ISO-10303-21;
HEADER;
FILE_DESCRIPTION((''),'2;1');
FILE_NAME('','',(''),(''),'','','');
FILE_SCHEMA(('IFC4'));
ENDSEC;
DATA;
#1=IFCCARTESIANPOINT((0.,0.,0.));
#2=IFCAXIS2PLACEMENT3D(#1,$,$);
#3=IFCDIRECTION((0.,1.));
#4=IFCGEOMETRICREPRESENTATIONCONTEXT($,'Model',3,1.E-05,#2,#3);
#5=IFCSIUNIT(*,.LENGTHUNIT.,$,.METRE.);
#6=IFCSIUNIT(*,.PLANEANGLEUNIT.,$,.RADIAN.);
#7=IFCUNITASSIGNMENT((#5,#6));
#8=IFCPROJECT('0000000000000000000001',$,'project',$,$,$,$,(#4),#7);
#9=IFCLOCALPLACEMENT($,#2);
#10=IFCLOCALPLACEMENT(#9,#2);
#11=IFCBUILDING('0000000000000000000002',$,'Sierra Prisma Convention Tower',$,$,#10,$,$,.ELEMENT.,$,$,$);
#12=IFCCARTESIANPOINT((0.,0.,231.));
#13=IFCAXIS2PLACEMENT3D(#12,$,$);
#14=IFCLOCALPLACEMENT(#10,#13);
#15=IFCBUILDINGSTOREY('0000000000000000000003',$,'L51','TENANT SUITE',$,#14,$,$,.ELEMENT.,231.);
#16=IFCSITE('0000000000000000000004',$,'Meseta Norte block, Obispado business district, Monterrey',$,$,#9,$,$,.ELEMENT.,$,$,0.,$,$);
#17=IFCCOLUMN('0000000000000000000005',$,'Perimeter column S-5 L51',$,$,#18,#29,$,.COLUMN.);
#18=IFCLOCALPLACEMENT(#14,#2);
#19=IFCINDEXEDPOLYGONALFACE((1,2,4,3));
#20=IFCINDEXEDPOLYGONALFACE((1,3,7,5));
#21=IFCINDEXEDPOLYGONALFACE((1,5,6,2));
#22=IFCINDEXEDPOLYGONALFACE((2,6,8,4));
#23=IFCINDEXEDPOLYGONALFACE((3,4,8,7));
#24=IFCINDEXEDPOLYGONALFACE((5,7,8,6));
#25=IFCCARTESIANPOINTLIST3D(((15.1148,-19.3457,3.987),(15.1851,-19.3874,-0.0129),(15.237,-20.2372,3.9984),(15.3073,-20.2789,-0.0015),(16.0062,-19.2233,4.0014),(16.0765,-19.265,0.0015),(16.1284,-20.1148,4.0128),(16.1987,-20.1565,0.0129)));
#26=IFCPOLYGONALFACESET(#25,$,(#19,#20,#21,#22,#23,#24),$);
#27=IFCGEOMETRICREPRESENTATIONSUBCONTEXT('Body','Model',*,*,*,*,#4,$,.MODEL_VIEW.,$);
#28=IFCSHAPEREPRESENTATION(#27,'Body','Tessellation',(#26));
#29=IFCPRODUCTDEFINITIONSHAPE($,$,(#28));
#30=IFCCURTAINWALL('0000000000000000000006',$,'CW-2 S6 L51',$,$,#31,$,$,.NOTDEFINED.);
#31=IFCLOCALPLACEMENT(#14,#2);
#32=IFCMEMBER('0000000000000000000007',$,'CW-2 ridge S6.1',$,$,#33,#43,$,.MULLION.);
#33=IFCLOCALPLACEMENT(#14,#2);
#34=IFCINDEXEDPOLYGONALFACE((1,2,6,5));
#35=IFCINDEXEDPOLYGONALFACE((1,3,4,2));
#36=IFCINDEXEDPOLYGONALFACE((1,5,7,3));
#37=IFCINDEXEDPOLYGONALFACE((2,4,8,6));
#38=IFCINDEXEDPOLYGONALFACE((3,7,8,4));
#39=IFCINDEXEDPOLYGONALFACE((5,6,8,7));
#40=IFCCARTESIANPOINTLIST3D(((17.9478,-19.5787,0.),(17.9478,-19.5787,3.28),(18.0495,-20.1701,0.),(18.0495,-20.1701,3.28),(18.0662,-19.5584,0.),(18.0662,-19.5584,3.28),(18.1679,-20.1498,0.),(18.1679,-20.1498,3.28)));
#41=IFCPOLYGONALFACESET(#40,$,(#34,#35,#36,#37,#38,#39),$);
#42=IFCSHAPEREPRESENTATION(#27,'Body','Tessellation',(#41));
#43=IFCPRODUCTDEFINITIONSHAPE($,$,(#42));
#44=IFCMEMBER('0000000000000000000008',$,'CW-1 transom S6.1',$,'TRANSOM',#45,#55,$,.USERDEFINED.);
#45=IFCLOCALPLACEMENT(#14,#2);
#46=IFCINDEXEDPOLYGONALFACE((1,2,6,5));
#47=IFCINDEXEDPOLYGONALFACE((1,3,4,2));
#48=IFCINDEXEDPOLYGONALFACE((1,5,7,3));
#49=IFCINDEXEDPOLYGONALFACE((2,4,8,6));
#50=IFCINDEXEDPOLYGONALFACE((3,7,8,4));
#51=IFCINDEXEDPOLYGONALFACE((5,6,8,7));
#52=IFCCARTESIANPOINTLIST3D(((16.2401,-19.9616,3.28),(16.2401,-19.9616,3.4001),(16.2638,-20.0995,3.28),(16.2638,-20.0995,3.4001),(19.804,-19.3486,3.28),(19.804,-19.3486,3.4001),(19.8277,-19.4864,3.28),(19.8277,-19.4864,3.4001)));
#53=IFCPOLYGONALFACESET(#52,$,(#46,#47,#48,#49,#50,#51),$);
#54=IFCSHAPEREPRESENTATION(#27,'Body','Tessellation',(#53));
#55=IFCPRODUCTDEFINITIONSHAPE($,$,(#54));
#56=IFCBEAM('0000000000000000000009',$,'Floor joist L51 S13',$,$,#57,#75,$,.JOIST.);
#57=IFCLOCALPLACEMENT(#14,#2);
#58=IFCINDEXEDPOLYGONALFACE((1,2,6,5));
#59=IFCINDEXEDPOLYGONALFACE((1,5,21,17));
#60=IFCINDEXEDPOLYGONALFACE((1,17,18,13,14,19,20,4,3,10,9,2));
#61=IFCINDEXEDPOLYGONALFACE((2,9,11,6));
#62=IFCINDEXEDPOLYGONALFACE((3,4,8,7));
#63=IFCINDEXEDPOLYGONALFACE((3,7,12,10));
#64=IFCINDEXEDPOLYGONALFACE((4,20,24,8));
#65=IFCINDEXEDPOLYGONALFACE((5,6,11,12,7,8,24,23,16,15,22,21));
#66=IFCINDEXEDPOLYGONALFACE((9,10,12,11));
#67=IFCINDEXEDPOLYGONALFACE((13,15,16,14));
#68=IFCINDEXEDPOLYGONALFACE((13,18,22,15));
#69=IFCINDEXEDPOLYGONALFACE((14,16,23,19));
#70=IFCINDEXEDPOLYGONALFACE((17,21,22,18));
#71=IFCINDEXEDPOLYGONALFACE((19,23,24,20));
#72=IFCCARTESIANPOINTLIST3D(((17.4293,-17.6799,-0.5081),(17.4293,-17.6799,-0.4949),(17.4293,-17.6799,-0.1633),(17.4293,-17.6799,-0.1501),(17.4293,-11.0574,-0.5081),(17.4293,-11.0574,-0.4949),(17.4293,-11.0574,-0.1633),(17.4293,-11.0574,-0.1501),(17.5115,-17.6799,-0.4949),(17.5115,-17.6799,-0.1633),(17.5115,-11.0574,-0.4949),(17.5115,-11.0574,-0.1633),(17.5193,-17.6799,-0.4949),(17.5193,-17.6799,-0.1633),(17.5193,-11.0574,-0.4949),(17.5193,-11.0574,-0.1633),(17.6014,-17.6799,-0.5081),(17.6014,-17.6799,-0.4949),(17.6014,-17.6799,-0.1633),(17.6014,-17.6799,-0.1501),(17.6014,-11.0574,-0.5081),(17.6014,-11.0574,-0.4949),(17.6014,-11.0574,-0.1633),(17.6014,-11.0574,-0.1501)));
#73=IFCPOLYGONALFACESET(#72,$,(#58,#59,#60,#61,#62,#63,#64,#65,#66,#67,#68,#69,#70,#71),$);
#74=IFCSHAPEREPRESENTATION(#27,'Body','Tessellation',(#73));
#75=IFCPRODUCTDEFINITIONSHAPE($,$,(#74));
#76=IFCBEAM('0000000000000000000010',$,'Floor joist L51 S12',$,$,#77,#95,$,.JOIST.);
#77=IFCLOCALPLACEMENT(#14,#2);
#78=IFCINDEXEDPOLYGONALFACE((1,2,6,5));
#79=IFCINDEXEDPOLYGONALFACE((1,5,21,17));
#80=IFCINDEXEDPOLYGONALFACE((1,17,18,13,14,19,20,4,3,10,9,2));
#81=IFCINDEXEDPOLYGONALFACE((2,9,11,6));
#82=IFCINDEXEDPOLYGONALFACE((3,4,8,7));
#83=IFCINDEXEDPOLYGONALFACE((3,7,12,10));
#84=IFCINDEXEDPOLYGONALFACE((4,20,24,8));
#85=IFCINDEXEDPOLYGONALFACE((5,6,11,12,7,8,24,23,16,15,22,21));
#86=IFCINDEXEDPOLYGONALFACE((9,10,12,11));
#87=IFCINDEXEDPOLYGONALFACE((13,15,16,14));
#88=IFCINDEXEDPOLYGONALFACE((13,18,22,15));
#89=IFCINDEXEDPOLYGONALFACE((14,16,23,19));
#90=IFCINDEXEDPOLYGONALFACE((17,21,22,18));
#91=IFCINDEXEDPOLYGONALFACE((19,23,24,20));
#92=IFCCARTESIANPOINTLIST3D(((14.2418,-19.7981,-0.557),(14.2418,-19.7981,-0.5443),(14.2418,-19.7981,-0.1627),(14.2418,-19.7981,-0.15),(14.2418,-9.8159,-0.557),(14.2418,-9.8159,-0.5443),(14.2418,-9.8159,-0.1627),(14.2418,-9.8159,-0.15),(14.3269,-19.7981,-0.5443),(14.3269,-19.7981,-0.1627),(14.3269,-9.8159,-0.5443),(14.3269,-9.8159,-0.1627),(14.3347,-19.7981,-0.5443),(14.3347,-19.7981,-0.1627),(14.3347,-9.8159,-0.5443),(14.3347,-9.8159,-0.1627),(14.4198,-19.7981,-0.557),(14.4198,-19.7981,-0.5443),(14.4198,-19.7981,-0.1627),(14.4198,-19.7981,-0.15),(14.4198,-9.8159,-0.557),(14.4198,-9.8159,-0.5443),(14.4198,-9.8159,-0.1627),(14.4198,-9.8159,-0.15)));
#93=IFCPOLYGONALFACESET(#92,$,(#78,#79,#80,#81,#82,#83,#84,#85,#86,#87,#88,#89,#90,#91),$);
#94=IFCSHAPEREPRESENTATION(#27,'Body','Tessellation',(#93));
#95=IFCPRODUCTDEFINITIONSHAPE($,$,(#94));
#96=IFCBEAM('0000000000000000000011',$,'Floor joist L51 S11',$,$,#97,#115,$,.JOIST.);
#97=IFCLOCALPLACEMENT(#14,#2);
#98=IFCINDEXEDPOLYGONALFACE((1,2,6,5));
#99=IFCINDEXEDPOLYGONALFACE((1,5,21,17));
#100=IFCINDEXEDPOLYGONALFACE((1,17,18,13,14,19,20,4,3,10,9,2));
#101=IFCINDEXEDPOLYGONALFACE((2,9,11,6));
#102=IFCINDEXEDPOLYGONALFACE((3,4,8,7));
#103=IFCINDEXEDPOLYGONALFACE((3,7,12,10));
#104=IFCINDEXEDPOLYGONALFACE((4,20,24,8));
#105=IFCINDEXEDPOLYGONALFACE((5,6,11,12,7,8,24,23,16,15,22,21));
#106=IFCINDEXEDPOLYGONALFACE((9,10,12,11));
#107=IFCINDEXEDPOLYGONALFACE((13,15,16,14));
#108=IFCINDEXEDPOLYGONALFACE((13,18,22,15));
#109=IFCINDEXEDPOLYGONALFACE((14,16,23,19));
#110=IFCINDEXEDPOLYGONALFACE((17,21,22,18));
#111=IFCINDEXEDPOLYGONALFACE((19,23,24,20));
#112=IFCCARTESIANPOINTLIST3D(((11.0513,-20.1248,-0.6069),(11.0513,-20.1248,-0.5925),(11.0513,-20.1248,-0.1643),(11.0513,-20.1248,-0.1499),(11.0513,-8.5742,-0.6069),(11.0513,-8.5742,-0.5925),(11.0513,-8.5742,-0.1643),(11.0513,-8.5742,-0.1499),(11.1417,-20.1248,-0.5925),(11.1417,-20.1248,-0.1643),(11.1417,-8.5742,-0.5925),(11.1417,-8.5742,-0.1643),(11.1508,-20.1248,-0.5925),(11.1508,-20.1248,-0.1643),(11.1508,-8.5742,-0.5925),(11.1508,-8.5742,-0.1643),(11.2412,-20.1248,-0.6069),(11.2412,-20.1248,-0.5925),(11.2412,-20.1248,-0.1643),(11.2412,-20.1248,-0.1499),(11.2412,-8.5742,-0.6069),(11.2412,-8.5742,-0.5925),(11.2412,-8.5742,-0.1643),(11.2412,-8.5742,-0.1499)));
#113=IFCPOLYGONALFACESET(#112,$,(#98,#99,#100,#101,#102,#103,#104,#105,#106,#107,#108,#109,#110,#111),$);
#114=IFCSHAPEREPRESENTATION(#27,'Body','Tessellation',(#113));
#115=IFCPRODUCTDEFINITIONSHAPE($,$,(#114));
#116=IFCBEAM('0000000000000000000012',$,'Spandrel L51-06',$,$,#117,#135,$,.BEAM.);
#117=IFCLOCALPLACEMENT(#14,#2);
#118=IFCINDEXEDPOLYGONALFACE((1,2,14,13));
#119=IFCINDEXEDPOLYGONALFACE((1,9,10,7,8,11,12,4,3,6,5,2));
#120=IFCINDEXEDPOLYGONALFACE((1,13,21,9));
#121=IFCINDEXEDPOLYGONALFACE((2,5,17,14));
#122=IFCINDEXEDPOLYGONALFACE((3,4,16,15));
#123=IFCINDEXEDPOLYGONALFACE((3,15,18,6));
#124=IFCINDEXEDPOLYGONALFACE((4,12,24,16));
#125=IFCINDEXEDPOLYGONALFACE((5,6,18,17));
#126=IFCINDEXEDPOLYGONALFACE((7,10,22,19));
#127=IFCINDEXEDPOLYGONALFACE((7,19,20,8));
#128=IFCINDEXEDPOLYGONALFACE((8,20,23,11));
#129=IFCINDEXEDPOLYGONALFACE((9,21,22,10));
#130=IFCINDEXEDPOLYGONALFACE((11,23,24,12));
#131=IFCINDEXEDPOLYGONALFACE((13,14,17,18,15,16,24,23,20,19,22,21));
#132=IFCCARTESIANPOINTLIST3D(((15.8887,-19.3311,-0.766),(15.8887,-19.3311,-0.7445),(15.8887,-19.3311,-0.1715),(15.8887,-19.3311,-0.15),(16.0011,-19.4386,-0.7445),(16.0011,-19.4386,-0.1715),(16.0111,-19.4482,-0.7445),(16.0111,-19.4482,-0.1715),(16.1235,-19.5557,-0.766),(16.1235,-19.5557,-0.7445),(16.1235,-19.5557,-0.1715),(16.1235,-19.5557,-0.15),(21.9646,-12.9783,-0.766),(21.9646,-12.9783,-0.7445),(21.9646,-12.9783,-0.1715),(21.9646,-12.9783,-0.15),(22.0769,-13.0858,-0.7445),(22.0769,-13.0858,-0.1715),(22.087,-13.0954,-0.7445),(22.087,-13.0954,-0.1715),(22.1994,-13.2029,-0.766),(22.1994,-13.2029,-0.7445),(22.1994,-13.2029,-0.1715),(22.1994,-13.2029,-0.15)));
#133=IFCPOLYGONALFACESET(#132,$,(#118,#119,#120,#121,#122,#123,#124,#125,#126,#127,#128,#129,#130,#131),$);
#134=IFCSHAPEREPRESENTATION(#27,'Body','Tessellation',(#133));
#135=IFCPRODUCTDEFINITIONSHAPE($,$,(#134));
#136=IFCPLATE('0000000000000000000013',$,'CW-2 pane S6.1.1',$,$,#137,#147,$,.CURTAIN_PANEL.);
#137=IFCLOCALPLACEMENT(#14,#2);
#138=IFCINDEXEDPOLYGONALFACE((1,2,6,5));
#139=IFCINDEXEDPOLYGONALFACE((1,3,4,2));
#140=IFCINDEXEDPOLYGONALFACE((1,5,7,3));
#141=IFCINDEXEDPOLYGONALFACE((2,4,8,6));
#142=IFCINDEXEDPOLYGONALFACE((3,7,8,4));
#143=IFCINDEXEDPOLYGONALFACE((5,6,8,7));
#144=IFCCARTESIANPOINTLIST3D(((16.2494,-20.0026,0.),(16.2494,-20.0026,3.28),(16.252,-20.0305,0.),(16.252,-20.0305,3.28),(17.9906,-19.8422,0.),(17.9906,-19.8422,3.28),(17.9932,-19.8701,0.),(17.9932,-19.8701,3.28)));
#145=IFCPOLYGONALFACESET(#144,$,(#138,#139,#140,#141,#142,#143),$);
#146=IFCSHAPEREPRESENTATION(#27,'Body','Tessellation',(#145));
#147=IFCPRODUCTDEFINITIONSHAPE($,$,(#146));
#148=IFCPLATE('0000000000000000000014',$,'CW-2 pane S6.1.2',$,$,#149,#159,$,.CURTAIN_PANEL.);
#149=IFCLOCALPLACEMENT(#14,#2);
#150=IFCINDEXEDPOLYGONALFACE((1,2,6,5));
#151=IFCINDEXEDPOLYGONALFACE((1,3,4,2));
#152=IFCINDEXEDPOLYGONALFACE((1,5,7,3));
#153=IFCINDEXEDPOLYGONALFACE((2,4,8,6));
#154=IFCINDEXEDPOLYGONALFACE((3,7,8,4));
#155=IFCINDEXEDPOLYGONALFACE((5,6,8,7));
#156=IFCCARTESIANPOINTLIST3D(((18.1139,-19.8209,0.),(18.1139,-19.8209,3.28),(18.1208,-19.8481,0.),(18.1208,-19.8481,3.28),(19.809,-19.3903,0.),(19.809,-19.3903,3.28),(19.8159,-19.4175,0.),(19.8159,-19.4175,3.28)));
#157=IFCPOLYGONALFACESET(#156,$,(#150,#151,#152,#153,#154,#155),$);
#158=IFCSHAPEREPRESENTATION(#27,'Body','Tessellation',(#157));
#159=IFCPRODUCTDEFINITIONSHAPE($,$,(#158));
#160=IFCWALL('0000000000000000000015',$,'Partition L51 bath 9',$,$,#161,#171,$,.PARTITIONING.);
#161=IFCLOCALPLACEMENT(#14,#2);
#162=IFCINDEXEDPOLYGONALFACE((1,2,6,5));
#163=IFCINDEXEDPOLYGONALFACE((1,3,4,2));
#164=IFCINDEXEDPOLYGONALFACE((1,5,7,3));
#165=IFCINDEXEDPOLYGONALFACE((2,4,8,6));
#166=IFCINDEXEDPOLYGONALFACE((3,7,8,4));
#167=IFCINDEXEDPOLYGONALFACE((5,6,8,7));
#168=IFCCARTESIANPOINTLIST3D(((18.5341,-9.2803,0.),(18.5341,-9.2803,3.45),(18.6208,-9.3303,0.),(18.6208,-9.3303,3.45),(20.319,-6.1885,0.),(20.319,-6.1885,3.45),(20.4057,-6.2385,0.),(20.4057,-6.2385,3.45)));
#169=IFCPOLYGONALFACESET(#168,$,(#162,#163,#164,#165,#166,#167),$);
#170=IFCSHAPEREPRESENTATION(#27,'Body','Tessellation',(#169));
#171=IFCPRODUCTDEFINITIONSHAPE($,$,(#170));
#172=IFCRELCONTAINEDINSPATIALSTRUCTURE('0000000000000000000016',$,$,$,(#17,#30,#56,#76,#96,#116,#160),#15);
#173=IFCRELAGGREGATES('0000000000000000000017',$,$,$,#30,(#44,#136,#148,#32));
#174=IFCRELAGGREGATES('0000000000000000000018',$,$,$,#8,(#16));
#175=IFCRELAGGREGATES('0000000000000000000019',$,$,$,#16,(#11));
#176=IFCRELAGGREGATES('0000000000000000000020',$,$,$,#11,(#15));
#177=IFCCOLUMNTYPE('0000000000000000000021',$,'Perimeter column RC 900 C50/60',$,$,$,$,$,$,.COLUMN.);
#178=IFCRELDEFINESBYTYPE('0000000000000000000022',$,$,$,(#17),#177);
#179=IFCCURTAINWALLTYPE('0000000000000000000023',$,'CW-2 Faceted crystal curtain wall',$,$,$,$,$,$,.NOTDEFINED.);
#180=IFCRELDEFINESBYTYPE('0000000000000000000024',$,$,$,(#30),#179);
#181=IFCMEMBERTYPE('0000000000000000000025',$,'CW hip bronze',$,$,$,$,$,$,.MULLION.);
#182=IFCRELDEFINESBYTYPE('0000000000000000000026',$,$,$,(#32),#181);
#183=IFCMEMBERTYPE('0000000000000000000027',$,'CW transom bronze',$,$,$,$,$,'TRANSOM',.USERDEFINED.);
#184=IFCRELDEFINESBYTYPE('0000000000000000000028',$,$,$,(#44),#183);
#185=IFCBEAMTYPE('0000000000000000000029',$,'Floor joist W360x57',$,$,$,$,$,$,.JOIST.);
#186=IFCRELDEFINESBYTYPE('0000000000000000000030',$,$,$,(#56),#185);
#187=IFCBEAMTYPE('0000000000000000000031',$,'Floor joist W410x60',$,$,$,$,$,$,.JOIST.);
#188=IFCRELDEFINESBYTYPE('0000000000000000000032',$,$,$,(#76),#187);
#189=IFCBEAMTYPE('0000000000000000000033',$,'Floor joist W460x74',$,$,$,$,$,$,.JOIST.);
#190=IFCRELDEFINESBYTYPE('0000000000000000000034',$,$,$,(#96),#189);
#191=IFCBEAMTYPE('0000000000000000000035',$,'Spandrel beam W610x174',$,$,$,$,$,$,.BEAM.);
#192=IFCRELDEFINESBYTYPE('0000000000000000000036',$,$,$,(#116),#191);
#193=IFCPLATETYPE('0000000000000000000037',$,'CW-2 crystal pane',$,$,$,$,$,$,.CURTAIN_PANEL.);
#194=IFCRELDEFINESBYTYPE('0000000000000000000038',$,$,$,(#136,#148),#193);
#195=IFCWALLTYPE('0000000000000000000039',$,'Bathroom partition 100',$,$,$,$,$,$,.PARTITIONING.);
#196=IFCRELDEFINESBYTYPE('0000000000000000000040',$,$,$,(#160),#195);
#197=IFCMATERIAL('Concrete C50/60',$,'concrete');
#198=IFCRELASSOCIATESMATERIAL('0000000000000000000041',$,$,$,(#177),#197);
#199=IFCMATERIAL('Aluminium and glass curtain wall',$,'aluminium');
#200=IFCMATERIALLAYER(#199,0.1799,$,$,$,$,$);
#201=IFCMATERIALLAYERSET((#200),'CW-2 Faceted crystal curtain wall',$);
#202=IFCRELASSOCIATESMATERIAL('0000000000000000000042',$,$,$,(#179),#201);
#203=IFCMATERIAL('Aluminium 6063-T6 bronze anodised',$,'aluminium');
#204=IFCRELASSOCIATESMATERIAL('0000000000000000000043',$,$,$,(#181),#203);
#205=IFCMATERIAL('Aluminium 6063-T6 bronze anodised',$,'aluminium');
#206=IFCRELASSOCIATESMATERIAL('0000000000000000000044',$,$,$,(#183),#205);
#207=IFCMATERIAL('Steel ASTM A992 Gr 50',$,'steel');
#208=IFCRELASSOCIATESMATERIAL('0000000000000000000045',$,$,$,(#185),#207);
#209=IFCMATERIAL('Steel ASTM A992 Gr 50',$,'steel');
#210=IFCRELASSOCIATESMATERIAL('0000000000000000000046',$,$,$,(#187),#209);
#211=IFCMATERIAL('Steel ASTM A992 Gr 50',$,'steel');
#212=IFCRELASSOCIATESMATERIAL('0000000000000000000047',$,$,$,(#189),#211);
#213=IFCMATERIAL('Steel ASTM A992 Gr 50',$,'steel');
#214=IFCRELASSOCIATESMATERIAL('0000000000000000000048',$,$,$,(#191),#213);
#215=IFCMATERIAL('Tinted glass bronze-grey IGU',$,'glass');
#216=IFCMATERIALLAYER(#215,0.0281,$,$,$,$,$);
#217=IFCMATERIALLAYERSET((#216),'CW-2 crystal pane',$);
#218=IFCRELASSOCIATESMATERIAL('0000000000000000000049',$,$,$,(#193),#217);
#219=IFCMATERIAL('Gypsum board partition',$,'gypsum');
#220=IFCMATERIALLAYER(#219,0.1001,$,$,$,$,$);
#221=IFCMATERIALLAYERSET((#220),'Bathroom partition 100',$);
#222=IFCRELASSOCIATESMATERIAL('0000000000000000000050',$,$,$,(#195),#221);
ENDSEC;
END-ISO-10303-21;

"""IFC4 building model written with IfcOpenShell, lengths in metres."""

from ifc_helpers import new_model, si_unit, direction, frame, frame_2d, origin, origin_2d, place, context, subcontext, project, spatial, polyline, rectangle, i_section, outline, extrude, material, layer, layer_set, material_profile, profile_set, type_object, element, aggregate, save


model = new_model("IFC4")

# Units and contexts
model_context = context("Model", 3, precision=1e-05, world=origin(), true_north=direction((0.0, 1.0)))
body_context = subcontext(model_context, "Body", "Model", "MODEL_VIEW")
ifc_project = project(units=[si_unit("LENGTHUNIT", "METRE"), si_unit("PLANEANGLEUNIT", "RADIAN")], contexts=[model_context])

# Site, building, storey
site_placement = place(None, origin())
site = spatial("IfcSite", under=ifc_project, at=site_placement, Name="Meseta Norte block, Obispado business district, Monterrey", CompositionType="ELEMENT", RefElevation=0.0)
building_placement = place(site_placement, origin())
building = spatial("IfcBuilding", under=site, at=building_placement, Name="Sierra Prisma Convention Tower", CompositionType="ELEMENT")
storey_placement = place(building_placement, frame((0.0, 0.0, 231.0)))
storey = spatial("IfcBuildingStorey", under=building, at=storey_placement, Name="L51", Description="TENANT SUITE", CompositionType="ELEMENT", Elevation=231.0)

# Column
ifc_material_1 = material(Name="Concrete C50/60", Category="concrete")
ifc_material_profile_1 = material_profile(ifc_material_1, rectangle(XDim=0.8999, YDim=0.8999, at=origin_2d()), Name="Perimeter column RC 900 C50/60")
ifc_profile_set_1 = profile_set([ifc_material_profile_1], Name="Concrete C50/60")
column_type = type_object("IfcColumnType", Name="Perimeter column RC 900 C50/60", PredefinedType="COLUMN", material=ifc_profile_set_1)
column_placement = place(storey_placement, frame((15.6919, -19.772, 0.0), z_axis=(-0.017574, 0.010435, 0.999791), x_axis=(0.990574, 0.13604, 0.015993)))
element("IfcColumn", 1, at=column_placement, inside=storey, type_object=column_type, Name="Perimeter column S-5 L51", PredefinedType="COLUMN", context=body_context, shape_type="SweptSolid", body=[
    extrude(rectangle(XDim=0.8999, YDim=0.8999, at=origin_2d()), origin(), (0.0, 0.0, 1.0), 4.0007),
])

# Curtain wall, members
ifc_material_2 = material(Name="Aluminium and glass curtain wall", Category="aluminium")
ifc_layer_1 = layer(ifc_material_2, 0.1799)
ifc_layer_set_1 = layer_set([ifc_layer_1], Name="CW-2 Faceted crystal curtain wall")
curtain_wall_type = type_object("IfcCurtainWallType", Name="CW-2 Faceted crystal curtain wall", PredefinedType="NOTDEFINED", material=ifc_layer_set_1)
curtain_wall_placement = place(storey_placement, origin())
curtain_wall = element("IfcCurtainWall", 2, at=curtain_wall_placement, inside=storey, type_object=curtain_wall_type, Name="CW-2 S6 L51", PredefinedType="NOTDEFINED")
ifc_material_3 = material(Name="Aluminium 6063-T6 bronze anodised", Category="aluminium")
ifc_material_profile_2 = material_profile(ifc_material_3, rectangle(XDim=0.1201, YDim=0.6001, at=origin_2d()), Name="ALU RIDGE BLADE 120x600")
ifc_profile_set_2 = profile_set([ifc_material_profile_2], Name="Aluminium 6063-T6 bronze anodised")
member_type_1 = type_object("IfcMemberType", Name="CW hip bronze", PredefinedType="MULLION", material=ifc_profile_set_2)
member_1_placement = place(storey_placement, frame((18.0579, -19.8643, 0.0), z_axis=(0.0, 0.0, 1.0), x_axis=(0.985524, 0.169537, 0.0)))
member_1 = element("IfcMember", 3, at=member_1_placement, type_object=member_type_1, Name="CW-2 ridge S6.1", PredefinedType="MULLION", context=body_context, shape_type="SweptSolid", body=[
    extrude(rectangle(XDim=0.1201, YDim=0.6001, at=origin_2d()), origin(), (0.0, 0.0, 1.0), 3.28),
])
ifc_material_4 = material(Name="Aluminium 6063-T6 bronze anodised", Category="aluminium")
ifc_material_profile_3 = material_profile(ifc_material_4, rectangle(XDim=0.1399, YDim=0.1201, at=origin_2d()), Name="ALU TRANSOM 120x140")
ifc_profile_set_3 = profile_set([ifc_material_profile_3], Name="Aluminium 6063-T6 bronze anodised")
member_type_2 = type_object("IfcMemberType", Name="CW transom bronze", ElementType="TRANSOM", PredefinedType="USERDEFINED", material=ifc_profile_set_3)
member_2_placement = place(storey_placement, frame((16.252, -20.0305, 3.3401), z_axis=(0.985527, 0.16952, 0.0), x_axis=(-0.16952, 0.985527, 0.0)))
member_2 = element("IfcMember", 4, at=member_2_placement, type_object=member_type_2, Name="CW-1 transom S6.1", ObjectType="TRANSOM", PredefinedType="USERDEFINED", context=body_context, shape_type="SweptSolid", body=[
    extrude(rectangle(XDim=0.1399, YDim=0.1201, at=origin_2d()), origin(), (0.0, 0.0, 1.0), 3.6162),
])

# Beams
ifc_material_5 = material(Name="Steel ASTM A992 Gr 50", Category="steel")
ifc_material_profile_4 = material_profile(ifc_material_5, i_section(OverallWidth=0.1721, OverallDepth=0.3579, WebThickness=0.0078, FlangeThickness=0.0132, at=origin_2d()), Name="W360x57")
ifc_profile_set_4 = profile_set([ifc_material_profile_4], Name="Steel ASTM A992 Gr 50")
beam_type_1 = type_object("IfcBeamType", Name="Floor joist W360x57", PredefinedType="JOIST", material=ifc_profile_set_4)
beam_1_placement = place(storey_placement, frame((17.5154, -17.6799, -0.3291), z_axis=(0.0, 1.0, 0.0), x_axis=(-1.0, 0.0, 0.0)))
element("IfcBeam", 5, at=beam_1_placement, inside=storey, type_object=beam_type_1, Name="Floor joist L51 S13", PredefinedType="JOIST", context=body_context, shape_type="SweptSolid", body=[
    extrude(i_section(OverallWidth=0.1721, OverallDepth=0.3579, WebThickness=0.0078, FlangeThickness=0.0132, at=origin_2d()), origin(), (0.0, 0.0, 1.0), 6.6226),
])
ifc_material_6 = material(Name="Steel ASTM A992 Gr 50", Category="steel")
ifc_material_profile_5 = material_profile(ifc_material_6, i_section(OverallWidth=0.178, OverallDepth=0.407, WebThickness=0.0078, FlangeThickness=0.0127, at=origin_2d()), Name="W410x60")
ifc_profile_set_5 = profile_set([ifc_material_profile_5], Name="Steel ASTM A992 Gr 50")
beam_type_2 = type_object("IfcBeamType", Name="Floor joist W410x60", PredefinedType="JOIST", material=ifc_profile_set_5)
beam_2_placement = place(storey_placement, frame((14.3308, -19.7981, -0.3535), z_axis=(0.0, 1.0, 0.0), x_axis=(-1.0, 0.0, 0.0)))
element("IfcBeam", 6, at=beam_2_placement, inside=storey, type_object=beam_type_2, Name="Floor joist L51 S12", PredefinedType="JOIST", context=body_context, shape_type="SweptSolid", body=[
    extrude(i_section(OverallWidth=0.178, OverallDepth=0.407, WebThickness=0.0078, FlangeThickness=0.0127, at=origin_2d()), origin(), (0.0, 0.0, 1.0), 9.9822),
])
ifc_material_7 = material(Name="Steel ASTM A992 Gr 50", Category="steel")
ifc_material_profile_6 = material_profile(ifc_material_7, i_section(OverallWidth=0.1899, OverallDepth=0.457, WebThickness=0.009, FlangeThickness=0.0144, at=origin_2d()), Name="W460x74")
ifc_profile_set_6 = profile_set([ifc_material_profile_6], Name="Steel ASTM A992 Gr 50")
beam_type_3 = type_object("IfcBeamType", Name="Floor joist W460x74", PredefinedType="JOIST", material=ifc_profile_set_6)
beam_3_placement = place(storey_placement, frame((11.1462, -20.1248, -0.3784), z_axis=(0.0, 1.0, 0.0), x_axis=(-1.0, 0.0, 0.0)))
element("IfcBeam", 7, at=beam_3_placement, inside=storey, type_object=beam_type_3, Name="Floor joist L51 S11", PredefinedType="JOIST", context=body_context, shape_type="SweptSolid", body=[
    extrude(i_section(OverallWidth=0.1899, OverallDepth=0.457, WebThickness=0.009, FlangeThickness=0.0144, at=origin_2d()), origin(), (0.0, 0.0, 1.0), 11.5505),
])
ifc_material_8 = material(Name="Steel ASTM A992 Gr 50", Category="steel")
ifc_material_profile_7 = material_profile(ifc_material_8, i_section(OverallWidth=0.325, OverallDepth=0.616, WebThickness=0.0139, FlangeThickness=0.0215, at=origin_2d()), Name="W610x174")
ifc_profile_set_7 = profile_set([ifc_material_profile_7], Name="Steel ASTM A992 Gr 50")
beam_type_4 = type_object("IfcBeamType", Name="Spandrel beam W610x174", PredefinedType="BEAM", material=ifc_profile_set_7)
beam_4_placement = place(storey_placement, frame((16.0061, -19.4434, -0.458), z_axis=(0.691184, 0.722679, 0.0), x_axis=(-0.722679, 0.691184, 0.0)))
element("IfcBeam", 8, at=beam_4_placement, inside=storey, type_object=beam_type_4, Name="Spandrel L51-06", PredefinedType="BEAM", context=body_context, shape_type="SweptSolid", body=[
    extrude(i_section(OverallWidth=0.325, OverallDepth=0.616, WebThickness=0.0139, FlangeThickness=0.0215, at=origin_2d()), origin(), (0.0, 0.0, 1.0), 8.7905),
])

# Plates
ifc_material_9 = material(Name="Tinted glass bronze-grey IGU", Category="glass")
ifc_layer_2 = layer(ifc_material_9, 0.0281)
ifc_layer_set_2 = layer_set([ifc_layer_2], Name="CW-2 crystal pane")
plate_type = type_object("IfcPlateType", Name="CW-2 crystal pane", PredefinedType="CURTAIN_PANEL", material=ifc_layer_set_2)
plate_1_placement = place(storey_placement, frame((16.252, -20.0305, 0.0), z_axis=(0.091732, -0.995784, 0.0), x_axis=(0.995784, 0.091732, 0.0)))
plate_1 = element("IfcPlate", 9, at=plate_1_placement, type_object=plate_type, Name="CW-2 pane S6.1.1", PredefinedType="CURTAIN_PANEL", context=body_context, shape_type="SweptSolid", body=[
    extrude(outline(polyline([(0.0, 0.0), (1.7486, 0.0), (1.7486, 3.28), (0.0, 3.28), (0.0, 0.0)])), origin(), (0.0, 0.0, -1.0), 0.0281),
])
plate_2_placement = place(storey_placement, frame((19.8159, -19.4175, 0.0), z_axis=(0.246245, -0.969208, 0.0), x_axis=(-0.969208, -0.246245, 0.0)))
plate_2 = element("IfcPlate", 10, at=plate_2_placement, type_object=plate_type, Name="CW-2 pane S6.1.2", PredefinedType="CURTAIN_PANEL", context=body_context, shape_type="SweptSolid", body=[
    extrude(outline(polyline([(0.0, 0.0), (1.7489, 0.0), (1.7489, -3.28), (0.0, -3.28), (0.0, 0.0)])), origin(), (0.0, 0.0, -1.0), 0.0281),
])
aggregate(curtain_wall, [member_2, plate_1, plate_2, member_1])

# Wall
ifc_material_10 = material(Name="Gypsum board partition", Category="gypsum")
ifc_layer_3 = layer(ifc_material_10, 0.1001)
ifc_layer_set_3 = layer_set([ifc_layer_3], Name="Bathroom partition 100")
wall_type_1 = type_object("IfcWallType", Name="Bathroom partition 100", PredefinedType="PARTITIONING", material=ifc_layer_set_3)
wall_1_placement = place(storey_placement, frame((18.5774, -9.3054, 0.0), z_axis=(0.0, 0.0, 1.0), x_axis=(0.499971, 0.866042, 0.0)))
element("IfcWall", 11, at=wall_1_placement, inside=storey, type_object=wall_type_1, Name="Partition L51 bath 9", PredefinedType="PARTITIONING", context=body_context, shape_type="SweptSolid", body=[
    extrude(rectangle(XDim=3.5701, YDim=0.1001, at=frame_2d((1.7852, 0.0))), origin(), (0.0, 0.0, 1.0), 3.45),
])

save(model, "model.ifc")
